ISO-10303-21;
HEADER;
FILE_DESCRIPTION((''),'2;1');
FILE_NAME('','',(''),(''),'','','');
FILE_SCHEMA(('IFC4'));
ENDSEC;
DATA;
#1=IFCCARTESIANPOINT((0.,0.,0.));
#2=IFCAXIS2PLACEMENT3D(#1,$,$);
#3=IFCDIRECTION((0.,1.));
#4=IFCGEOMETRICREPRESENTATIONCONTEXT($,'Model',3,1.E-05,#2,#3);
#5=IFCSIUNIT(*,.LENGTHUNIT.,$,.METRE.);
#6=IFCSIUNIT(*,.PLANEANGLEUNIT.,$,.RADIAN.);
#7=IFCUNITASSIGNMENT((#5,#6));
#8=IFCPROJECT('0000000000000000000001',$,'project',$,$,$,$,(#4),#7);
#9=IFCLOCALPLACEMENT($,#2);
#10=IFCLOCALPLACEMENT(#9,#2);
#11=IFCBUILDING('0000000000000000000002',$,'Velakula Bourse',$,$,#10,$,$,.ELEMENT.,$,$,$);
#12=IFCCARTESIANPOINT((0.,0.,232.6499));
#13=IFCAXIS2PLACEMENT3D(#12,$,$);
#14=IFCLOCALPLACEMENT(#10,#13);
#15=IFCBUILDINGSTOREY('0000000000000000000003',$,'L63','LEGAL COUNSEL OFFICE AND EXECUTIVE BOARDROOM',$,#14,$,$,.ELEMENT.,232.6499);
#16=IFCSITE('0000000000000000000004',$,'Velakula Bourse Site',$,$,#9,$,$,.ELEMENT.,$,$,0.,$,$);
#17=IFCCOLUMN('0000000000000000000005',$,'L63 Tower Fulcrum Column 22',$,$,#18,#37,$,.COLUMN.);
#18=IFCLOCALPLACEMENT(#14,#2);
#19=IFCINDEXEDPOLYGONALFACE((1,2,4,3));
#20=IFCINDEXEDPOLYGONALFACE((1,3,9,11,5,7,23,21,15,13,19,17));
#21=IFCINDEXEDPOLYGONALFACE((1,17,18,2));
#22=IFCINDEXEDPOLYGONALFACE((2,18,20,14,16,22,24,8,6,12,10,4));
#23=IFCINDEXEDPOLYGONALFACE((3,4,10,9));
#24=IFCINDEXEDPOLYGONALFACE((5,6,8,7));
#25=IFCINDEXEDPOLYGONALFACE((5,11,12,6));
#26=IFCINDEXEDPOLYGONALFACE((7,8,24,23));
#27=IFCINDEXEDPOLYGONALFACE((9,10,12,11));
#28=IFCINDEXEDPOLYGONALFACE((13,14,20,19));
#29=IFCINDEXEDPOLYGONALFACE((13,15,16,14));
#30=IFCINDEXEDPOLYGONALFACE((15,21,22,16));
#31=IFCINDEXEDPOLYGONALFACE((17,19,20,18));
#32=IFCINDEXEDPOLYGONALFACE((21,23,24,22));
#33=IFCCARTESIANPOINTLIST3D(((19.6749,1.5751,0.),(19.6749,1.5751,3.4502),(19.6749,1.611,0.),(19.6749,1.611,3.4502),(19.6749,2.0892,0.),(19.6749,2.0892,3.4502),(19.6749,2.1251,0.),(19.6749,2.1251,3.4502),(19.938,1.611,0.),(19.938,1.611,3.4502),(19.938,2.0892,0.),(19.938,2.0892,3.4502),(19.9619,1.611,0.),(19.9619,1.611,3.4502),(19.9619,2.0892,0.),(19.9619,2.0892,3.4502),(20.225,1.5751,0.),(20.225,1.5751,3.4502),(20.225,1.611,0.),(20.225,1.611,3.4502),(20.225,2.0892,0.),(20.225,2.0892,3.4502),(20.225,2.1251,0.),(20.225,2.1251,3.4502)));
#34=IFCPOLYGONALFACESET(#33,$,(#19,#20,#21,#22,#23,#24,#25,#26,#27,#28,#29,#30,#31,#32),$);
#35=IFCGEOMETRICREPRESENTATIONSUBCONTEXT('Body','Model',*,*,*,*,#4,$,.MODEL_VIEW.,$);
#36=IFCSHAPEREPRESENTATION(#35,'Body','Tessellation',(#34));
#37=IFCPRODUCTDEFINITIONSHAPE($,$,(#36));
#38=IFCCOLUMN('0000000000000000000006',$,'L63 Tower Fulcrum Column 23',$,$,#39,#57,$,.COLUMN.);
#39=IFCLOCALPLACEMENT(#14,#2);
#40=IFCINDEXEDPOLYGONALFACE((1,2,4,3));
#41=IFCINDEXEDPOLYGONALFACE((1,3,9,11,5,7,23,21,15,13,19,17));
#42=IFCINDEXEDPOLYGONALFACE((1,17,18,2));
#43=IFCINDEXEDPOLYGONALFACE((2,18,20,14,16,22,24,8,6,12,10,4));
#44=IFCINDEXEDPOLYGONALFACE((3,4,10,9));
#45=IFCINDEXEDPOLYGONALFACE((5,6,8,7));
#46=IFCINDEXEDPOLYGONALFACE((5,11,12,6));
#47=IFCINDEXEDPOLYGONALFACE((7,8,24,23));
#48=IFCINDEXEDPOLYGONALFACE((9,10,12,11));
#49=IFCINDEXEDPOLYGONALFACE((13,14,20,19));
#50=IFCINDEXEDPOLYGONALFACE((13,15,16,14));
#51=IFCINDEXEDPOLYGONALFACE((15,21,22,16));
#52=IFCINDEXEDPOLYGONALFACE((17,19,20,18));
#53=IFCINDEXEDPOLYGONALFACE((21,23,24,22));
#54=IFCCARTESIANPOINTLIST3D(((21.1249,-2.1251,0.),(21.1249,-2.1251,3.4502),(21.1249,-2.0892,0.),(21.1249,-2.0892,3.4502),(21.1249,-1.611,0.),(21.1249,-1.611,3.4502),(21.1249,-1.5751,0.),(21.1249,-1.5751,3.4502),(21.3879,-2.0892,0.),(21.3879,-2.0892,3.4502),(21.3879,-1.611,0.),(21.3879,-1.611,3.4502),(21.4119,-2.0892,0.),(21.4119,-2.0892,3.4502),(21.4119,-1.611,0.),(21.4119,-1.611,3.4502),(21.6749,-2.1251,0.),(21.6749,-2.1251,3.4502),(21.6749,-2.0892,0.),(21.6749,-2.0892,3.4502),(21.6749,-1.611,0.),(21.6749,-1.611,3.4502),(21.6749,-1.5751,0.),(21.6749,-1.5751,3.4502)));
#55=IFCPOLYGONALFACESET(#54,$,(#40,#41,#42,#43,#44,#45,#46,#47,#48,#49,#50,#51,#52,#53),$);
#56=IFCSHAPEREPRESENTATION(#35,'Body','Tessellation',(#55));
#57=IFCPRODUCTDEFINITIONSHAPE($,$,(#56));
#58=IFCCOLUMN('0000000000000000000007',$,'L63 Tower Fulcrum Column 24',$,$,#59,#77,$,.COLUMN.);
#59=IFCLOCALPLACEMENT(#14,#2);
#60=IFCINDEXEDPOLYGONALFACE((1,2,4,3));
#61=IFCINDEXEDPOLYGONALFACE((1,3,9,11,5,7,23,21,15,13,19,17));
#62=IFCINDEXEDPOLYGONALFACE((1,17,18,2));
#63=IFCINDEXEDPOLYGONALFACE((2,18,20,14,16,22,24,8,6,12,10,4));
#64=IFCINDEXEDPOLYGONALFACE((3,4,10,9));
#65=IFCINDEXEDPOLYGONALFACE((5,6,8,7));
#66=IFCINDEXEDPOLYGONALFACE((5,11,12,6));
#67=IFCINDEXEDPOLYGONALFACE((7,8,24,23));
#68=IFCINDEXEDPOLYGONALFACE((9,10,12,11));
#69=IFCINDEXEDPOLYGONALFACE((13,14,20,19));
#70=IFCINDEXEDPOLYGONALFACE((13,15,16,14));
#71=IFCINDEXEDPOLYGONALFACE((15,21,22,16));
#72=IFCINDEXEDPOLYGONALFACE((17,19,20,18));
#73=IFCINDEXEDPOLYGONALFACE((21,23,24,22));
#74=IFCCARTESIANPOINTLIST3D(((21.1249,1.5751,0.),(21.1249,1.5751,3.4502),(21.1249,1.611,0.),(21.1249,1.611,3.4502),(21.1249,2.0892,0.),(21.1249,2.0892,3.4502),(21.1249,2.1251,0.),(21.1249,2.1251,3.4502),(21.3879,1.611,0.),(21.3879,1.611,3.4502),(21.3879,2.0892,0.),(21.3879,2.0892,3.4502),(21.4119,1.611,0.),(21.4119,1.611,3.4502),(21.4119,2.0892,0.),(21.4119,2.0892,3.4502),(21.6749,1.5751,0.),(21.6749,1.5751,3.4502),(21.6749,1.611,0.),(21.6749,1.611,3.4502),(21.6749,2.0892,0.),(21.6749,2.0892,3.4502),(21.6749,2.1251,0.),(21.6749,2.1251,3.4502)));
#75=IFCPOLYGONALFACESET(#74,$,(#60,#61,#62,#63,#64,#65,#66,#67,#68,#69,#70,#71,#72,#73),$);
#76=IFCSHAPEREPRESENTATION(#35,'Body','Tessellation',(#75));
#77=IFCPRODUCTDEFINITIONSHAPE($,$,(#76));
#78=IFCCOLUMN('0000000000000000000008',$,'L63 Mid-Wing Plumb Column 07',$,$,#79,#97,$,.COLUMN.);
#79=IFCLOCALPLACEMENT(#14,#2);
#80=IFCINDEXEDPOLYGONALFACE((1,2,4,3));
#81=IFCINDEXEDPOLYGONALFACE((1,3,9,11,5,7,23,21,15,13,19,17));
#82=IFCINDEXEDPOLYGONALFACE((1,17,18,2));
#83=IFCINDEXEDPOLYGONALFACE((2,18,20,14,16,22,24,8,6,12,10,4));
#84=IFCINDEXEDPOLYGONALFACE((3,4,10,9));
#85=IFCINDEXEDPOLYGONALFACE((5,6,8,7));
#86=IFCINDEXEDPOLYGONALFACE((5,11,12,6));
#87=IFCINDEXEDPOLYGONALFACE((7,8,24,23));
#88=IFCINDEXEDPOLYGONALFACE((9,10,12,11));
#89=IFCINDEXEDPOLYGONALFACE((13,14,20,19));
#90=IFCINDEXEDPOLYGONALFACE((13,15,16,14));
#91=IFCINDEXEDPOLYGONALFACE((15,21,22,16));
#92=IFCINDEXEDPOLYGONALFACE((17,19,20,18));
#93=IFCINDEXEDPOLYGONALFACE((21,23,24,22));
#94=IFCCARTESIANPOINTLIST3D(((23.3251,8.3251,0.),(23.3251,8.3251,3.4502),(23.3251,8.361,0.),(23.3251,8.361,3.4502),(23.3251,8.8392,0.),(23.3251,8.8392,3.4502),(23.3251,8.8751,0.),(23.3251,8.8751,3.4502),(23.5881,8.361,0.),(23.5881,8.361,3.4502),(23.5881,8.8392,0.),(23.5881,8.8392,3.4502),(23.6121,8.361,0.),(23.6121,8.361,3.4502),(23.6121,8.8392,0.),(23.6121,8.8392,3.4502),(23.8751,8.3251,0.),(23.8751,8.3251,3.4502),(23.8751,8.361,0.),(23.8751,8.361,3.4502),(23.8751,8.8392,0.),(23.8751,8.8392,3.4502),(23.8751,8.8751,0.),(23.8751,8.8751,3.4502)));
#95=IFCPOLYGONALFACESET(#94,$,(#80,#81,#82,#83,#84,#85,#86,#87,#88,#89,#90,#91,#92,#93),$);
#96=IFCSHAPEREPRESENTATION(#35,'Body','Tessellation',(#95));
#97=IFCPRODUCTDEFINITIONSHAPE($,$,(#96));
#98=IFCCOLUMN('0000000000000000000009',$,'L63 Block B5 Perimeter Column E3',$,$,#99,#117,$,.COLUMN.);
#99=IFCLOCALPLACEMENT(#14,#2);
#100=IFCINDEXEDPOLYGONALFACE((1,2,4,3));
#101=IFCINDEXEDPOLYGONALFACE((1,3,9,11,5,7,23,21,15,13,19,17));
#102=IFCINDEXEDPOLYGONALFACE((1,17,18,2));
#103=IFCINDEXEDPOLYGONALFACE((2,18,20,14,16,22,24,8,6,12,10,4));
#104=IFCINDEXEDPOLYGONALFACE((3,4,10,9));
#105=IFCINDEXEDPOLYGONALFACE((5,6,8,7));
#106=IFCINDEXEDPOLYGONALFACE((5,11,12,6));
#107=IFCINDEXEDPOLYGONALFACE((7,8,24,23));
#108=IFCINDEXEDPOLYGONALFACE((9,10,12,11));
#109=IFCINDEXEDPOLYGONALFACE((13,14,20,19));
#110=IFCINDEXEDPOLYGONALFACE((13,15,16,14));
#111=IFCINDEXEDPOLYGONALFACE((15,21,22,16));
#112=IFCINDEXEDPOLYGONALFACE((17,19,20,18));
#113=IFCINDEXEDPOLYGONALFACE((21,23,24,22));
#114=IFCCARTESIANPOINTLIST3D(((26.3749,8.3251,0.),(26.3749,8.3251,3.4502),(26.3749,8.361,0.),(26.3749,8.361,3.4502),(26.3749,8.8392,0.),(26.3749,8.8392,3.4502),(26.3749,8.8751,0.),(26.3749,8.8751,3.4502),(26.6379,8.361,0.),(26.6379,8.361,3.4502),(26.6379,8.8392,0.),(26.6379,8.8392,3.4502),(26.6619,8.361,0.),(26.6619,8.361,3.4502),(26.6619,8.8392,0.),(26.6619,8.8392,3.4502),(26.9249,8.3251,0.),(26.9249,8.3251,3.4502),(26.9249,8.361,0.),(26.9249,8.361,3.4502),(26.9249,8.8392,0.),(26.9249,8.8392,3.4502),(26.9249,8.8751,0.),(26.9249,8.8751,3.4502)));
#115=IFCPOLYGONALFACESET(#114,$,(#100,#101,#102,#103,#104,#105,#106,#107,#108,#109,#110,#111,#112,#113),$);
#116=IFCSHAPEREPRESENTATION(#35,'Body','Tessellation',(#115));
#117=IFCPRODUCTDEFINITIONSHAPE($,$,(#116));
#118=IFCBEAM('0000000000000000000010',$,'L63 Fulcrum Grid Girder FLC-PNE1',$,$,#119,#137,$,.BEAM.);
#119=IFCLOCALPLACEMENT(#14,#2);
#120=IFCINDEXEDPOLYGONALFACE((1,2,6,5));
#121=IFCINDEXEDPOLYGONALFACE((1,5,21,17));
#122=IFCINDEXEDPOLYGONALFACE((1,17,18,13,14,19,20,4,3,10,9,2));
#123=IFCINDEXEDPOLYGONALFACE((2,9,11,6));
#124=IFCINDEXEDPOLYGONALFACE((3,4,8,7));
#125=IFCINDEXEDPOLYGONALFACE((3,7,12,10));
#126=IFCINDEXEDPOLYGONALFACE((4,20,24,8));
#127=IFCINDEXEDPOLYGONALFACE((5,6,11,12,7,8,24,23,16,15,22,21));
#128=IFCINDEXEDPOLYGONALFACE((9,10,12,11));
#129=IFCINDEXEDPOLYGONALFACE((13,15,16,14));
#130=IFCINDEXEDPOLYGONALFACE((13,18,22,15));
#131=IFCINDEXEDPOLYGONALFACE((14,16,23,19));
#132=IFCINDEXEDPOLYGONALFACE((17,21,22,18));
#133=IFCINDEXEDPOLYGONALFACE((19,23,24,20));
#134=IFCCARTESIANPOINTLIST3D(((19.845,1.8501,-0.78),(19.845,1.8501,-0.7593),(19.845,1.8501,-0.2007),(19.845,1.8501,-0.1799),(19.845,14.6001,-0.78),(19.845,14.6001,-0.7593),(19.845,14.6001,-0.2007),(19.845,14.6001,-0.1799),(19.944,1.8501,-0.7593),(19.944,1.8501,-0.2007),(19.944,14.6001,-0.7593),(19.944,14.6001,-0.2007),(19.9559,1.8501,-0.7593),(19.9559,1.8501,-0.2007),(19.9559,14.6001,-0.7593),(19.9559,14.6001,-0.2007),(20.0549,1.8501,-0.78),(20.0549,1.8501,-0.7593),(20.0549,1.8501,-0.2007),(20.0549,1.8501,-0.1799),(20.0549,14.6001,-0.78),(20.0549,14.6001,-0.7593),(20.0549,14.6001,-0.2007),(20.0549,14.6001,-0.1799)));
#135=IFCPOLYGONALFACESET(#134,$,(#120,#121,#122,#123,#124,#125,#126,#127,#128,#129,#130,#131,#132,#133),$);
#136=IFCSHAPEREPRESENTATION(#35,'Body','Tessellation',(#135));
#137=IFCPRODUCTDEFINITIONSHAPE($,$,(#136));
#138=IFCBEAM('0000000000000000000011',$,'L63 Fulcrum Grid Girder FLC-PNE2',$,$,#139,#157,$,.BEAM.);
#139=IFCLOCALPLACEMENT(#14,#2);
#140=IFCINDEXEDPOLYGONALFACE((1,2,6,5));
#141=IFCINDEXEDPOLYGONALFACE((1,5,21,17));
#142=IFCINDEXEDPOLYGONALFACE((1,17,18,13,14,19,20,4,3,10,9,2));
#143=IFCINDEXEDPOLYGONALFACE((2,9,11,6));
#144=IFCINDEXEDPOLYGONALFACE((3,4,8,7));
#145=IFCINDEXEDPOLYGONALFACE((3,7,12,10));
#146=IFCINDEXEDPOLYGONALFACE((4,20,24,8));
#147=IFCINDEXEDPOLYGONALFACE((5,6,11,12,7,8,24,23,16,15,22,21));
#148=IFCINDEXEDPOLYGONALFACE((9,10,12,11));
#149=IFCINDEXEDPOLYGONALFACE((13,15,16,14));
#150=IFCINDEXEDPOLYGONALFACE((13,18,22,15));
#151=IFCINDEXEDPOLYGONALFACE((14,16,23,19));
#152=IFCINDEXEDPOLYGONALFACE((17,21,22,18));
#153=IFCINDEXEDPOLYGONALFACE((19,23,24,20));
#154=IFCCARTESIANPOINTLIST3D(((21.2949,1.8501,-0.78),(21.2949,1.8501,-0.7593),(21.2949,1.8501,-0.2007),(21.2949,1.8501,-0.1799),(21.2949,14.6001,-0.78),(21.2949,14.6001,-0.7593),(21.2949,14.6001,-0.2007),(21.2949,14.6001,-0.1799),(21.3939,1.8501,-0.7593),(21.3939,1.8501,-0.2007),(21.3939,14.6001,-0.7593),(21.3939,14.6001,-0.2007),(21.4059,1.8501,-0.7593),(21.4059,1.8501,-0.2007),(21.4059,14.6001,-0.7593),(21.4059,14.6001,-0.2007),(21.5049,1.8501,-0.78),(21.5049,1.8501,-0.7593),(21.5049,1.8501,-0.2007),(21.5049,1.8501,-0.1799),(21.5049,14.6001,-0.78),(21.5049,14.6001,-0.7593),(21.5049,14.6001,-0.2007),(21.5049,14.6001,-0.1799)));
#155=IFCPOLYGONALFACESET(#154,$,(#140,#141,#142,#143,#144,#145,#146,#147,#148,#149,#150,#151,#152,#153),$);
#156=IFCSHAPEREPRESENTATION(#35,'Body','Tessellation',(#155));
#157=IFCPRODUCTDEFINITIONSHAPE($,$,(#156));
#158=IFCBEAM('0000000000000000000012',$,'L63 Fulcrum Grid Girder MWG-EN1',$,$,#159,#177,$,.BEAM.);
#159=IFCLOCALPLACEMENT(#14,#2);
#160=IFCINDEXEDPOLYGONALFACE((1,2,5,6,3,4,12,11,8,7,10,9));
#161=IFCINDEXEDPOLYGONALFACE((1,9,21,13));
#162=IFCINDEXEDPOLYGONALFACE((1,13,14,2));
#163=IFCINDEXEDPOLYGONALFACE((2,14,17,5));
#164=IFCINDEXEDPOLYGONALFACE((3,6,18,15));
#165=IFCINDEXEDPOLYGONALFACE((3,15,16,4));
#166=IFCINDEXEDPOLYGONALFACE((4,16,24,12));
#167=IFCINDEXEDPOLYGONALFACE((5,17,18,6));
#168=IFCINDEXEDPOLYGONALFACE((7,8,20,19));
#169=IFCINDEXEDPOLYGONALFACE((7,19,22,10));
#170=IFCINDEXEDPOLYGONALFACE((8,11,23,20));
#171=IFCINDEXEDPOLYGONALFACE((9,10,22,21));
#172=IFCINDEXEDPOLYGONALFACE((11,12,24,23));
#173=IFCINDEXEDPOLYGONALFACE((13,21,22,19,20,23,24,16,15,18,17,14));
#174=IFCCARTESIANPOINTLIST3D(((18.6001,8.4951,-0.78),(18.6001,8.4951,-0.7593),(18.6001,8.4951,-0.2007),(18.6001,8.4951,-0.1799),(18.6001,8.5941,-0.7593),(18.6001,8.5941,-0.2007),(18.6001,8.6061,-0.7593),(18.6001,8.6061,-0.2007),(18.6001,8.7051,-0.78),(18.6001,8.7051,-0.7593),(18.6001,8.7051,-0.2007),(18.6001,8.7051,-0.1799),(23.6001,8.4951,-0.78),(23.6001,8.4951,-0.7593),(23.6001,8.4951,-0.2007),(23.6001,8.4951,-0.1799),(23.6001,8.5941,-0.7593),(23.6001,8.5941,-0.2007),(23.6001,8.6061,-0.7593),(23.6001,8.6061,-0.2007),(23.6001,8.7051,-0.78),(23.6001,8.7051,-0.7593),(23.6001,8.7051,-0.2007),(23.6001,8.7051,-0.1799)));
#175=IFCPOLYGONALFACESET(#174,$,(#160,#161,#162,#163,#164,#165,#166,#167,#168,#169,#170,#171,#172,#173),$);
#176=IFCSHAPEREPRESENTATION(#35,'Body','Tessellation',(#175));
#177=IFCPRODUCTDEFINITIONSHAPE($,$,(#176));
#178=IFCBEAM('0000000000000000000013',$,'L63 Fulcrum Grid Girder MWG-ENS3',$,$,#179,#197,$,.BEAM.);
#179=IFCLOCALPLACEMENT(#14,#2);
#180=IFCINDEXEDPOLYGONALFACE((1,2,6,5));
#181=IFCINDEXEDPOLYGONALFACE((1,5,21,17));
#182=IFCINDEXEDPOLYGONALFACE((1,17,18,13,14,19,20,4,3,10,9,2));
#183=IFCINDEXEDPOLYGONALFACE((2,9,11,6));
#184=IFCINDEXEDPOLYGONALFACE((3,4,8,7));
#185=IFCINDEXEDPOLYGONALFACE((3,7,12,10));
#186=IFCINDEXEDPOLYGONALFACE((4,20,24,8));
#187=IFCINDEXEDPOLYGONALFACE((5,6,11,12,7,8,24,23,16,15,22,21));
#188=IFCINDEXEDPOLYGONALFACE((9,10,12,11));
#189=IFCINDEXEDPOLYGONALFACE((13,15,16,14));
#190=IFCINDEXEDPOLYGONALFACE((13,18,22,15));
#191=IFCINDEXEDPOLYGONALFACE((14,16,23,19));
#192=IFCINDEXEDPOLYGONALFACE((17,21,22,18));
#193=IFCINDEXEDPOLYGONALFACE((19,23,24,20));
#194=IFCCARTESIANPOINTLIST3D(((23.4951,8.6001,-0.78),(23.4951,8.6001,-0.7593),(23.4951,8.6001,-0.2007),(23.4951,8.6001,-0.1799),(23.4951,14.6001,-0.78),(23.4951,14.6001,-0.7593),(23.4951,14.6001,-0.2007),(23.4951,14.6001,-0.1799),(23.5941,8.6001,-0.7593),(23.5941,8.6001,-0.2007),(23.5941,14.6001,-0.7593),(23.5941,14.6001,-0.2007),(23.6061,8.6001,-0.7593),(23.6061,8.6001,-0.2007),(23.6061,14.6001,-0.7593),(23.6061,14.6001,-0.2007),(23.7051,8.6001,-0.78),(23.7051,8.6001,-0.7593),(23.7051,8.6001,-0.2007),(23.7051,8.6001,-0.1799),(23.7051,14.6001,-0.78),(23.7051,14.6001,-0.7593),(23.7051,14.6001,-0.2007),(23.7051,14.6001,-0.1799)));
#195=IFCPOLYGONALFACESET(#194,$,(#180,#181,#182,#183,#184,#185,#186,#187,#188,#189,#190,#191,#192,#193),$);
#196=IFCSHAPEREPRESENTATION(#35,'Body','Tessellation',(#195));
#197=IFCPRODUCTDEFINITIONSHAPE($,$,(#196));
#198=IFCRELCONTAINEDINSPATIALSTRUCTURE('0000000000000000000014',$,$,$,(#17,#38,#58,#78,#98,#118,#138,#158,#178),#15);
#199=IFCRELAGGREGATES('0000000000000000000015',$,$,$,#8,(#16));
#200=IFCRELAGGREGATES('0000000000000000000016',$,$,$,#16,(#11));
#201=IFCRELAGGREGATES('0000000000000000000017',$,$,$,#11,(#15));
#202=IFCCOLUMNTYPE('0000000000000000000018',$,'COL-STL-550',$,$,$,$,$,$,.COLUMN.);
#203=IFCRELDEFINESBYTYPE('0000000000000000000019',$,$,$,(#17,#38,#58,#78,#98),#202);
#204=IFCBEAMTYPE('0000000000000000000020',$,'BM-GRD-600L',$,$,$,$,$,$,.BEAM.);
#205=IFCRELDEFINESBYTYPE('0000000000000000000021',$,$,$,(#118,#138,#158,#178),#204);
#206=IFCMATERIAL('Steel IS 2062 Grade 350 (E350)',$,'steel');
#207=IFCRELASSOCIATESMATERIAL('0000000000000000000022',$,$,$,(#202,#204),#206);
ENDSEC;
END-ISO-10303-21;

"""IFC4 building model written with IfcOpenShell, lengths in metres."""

from ifc_helpers import new_model, si_unit, direction, frame, origin, origin_2d, place, context, subcontext, project, spatial, i_section, extrude, material, material_profile, profile_set, type_object, element, save


model = new_model("IFC4")

# Units and contexts
model_context = context("Model", 3, precision=1e-05, world=origin(), true_north=direction((0.0, 1.0)))
body_context = subcontext(model_context, "Body", "Model", "MODEL_VIEW")
ifc_project = project(units=[si_unit("LENGTHUNIT", "METRE"), si_unit("PLANEANGLEUNIT", "RADIAN")], contexts=[model_context])

# Site, building, storey
site_placement = place(None, origin())
site = spatial("IfcSite", under=ifc_project, at=site_placement, Name="Velakula Bourse Site", CompositionType="ELEMENT", RefElevation=0.0)
building_placement = place(site_placement, origin())
building = spatial("IfcBuilding", under=site, at=building_placement, Name="Velakula Bourse", CompositionType="ELEMENT")
storey_placement = place(building_placement, frame((0.0, 0.0, 232.6499)))
storey = spatial("IfcBuildingStorey", under=building, at=storey_placement, Name="L63", Description="LEGAL COUNSEL OFFICE AND EXECUTIVE BOARDROOM", CompositionType="ELEMENT", Elevation=232.6499)

# Columns
ifc_material_1 = material(Name="Steel IS 2062 Grade 350 (E350)", Category="steel")
ifc_material_profile_1 = material_profile(ifc_material_1, i_section(OverallWidth=0.55, OverallDepth=0.55, WebThickness=0.0239, FlangeThickness=0.0359, at=origin_2d()), Name="Steel IS 2062 Grade 350 (E350)")
ifc_profile_set_1 = profile_set([ifc_material_profile_1], Name="Steel IS 2062 Grade 350 (E350)")
column_type = type_object("IfcColumnType", Name="COL-STL-550", PredefinedType="COLUMN", material=ifc_profile_set_1)
for number, where, z_axis, x_axis, name in (
    (1, (19.95, 1.8501, 0.0), (0.0, 0.0, 1.0), (1.0, 0.0, 0.0), "L63 Tower Fulcrum Column 22"),
    (2, (21.3999, -1.8501, 0.0), (0.0, 0.0, 1.0), (1.0, 0.0, 0.0), "L63 Tower Fulcrum Column 23"),
    (3, (21.3999, 1.8501, 0.0), (0.0, 0.0, 1.0), (1.0, 0.0, 0.0), "L63 Tower Fulcrum Column 24"),
    (4, (23.6001, 8.6001, 0.0), (0.0, 0.0, 1.0), (1.0, 0.0, 0.0), "L63 Mid-Wing Plumb Column 07"),
    (5, (26.6499, 8.6001, 0.0), (0.0, 0.0, 1.0), (1.0, 0.0, 0.0), "L63 Block B5 Perimeter Column E3"),
):
    element("IfcColumn", number, at=place(storey_placement, frame(where, z_axis=z_axis, x_axis=x_axis)), inside=storey, type_object=column_type, Name=name, PredefinedType="COLUMN", context=body_context, shape_type="SweptSolid", body=[
        extrude(i_section(OverallWidth=0.55, OverallDepth=0.55, WebThickness=0.0239, FlangeThickness=0.0359, at=origin_2d()), origin(), (0.0, 0.0, 1.0), 3.4502),
    ])

# Beams
ifc_material_profile_2 = material_profile(ifc_material_1, i_section(OverallWidth=0.21, OverallDepth=0.6001, WebThickness=0.012, FlangeThickness=0.0208, at=origin_2d()), Name="Steel IS 2062 Grade 350 (E350)")
ifc_profile_set_2 = profile_set([ifc_material_profile_2], Name="Steel IS 2062 Grade 350 (E350)")
beam_type_1 = type_object("IfcBeamType", Name="BM-GRD-600L", PredefinedType="BEAM", material=ifc_profile_set_2)
for number, where, z_axis, x_axis, name in (
    (6, (19.95, 1.8501, -0.48), (0.0, 1.0, 0.0), (-1.0, 0.0, 0.0), "L63 Fulcrum Grid Girder FLC-PNE1"),
    (7, (21.3999, 1.8501, -0.48), (0.0, 1.0, 0.0), (-1.0, 0.0, 0.0), "L63 Fulcrum Grid Girder FLC-PNE2"),
):
    element("IfcBeam", number, at=place(storey_placement, frame(where, z_axis=z_axis, x_axis=x_axis)), inside=storey, type_object=beam_type_1, Name=name, PredefinedType="BEAM", context=body_context, shape_type="SweptSolid", body=[
        extrude(i_section(OverallWidth=0.21, OverallDepth=0.6001, WebThickness=0.012, FlangeThickness=0.0208, at=origin_2d()), origin(), (0.0, 0.0, 1.0), 12.75),
    ])
beam_1_placement = place(storey_placement, frame((18.6001, 8.6001, -0.48), z_axis=(1.0, 0.0, 0.0), x_axis=(0.0, 1.0, 0.0)))
element("IfcBeam", 8, at=beam_1_placement, inside=storey, type_object=beam_type_1, Name="L63 Fulcrum Grid Girder MWG-EN1", PredefinedType="BEAM", context=body_context, shape_type="SweptSolid", body=[
    extrude(i_section(OverallWidth=0.21, OverallDepth=0.6001, WebThickness=0.012, FlangeThickness=0.0208, at=origin_2d()), origin(), (0.0, 0.0, 1.0), 5.0),
])
beam_2_placement = place(storey_placement, frame((23.6001, 8.6001, -0.48), z_axis=(0.0, 1.0, 0.0), x_axis=(-1.0, 0.0, 0.0)))
element("IfcBeam", 9, at=beam_2_placement, inside=storey, type_object=beam_type_1, Name="L63 Fulcrum Grid Girder MWG-ENS3", PredefinedType="BEAM", context=body_context, shape_type="SweptSolid", body=[
    extrude(i_section(OverallWidth=0.21, OverallDepth=0.6001, WebThickness=0.012, FlangeThickness=0.0208, at=origin_2d()), origin(), (0.0, 0.0, 1.0), 6.0),
])

save(model, "model.ifc")
